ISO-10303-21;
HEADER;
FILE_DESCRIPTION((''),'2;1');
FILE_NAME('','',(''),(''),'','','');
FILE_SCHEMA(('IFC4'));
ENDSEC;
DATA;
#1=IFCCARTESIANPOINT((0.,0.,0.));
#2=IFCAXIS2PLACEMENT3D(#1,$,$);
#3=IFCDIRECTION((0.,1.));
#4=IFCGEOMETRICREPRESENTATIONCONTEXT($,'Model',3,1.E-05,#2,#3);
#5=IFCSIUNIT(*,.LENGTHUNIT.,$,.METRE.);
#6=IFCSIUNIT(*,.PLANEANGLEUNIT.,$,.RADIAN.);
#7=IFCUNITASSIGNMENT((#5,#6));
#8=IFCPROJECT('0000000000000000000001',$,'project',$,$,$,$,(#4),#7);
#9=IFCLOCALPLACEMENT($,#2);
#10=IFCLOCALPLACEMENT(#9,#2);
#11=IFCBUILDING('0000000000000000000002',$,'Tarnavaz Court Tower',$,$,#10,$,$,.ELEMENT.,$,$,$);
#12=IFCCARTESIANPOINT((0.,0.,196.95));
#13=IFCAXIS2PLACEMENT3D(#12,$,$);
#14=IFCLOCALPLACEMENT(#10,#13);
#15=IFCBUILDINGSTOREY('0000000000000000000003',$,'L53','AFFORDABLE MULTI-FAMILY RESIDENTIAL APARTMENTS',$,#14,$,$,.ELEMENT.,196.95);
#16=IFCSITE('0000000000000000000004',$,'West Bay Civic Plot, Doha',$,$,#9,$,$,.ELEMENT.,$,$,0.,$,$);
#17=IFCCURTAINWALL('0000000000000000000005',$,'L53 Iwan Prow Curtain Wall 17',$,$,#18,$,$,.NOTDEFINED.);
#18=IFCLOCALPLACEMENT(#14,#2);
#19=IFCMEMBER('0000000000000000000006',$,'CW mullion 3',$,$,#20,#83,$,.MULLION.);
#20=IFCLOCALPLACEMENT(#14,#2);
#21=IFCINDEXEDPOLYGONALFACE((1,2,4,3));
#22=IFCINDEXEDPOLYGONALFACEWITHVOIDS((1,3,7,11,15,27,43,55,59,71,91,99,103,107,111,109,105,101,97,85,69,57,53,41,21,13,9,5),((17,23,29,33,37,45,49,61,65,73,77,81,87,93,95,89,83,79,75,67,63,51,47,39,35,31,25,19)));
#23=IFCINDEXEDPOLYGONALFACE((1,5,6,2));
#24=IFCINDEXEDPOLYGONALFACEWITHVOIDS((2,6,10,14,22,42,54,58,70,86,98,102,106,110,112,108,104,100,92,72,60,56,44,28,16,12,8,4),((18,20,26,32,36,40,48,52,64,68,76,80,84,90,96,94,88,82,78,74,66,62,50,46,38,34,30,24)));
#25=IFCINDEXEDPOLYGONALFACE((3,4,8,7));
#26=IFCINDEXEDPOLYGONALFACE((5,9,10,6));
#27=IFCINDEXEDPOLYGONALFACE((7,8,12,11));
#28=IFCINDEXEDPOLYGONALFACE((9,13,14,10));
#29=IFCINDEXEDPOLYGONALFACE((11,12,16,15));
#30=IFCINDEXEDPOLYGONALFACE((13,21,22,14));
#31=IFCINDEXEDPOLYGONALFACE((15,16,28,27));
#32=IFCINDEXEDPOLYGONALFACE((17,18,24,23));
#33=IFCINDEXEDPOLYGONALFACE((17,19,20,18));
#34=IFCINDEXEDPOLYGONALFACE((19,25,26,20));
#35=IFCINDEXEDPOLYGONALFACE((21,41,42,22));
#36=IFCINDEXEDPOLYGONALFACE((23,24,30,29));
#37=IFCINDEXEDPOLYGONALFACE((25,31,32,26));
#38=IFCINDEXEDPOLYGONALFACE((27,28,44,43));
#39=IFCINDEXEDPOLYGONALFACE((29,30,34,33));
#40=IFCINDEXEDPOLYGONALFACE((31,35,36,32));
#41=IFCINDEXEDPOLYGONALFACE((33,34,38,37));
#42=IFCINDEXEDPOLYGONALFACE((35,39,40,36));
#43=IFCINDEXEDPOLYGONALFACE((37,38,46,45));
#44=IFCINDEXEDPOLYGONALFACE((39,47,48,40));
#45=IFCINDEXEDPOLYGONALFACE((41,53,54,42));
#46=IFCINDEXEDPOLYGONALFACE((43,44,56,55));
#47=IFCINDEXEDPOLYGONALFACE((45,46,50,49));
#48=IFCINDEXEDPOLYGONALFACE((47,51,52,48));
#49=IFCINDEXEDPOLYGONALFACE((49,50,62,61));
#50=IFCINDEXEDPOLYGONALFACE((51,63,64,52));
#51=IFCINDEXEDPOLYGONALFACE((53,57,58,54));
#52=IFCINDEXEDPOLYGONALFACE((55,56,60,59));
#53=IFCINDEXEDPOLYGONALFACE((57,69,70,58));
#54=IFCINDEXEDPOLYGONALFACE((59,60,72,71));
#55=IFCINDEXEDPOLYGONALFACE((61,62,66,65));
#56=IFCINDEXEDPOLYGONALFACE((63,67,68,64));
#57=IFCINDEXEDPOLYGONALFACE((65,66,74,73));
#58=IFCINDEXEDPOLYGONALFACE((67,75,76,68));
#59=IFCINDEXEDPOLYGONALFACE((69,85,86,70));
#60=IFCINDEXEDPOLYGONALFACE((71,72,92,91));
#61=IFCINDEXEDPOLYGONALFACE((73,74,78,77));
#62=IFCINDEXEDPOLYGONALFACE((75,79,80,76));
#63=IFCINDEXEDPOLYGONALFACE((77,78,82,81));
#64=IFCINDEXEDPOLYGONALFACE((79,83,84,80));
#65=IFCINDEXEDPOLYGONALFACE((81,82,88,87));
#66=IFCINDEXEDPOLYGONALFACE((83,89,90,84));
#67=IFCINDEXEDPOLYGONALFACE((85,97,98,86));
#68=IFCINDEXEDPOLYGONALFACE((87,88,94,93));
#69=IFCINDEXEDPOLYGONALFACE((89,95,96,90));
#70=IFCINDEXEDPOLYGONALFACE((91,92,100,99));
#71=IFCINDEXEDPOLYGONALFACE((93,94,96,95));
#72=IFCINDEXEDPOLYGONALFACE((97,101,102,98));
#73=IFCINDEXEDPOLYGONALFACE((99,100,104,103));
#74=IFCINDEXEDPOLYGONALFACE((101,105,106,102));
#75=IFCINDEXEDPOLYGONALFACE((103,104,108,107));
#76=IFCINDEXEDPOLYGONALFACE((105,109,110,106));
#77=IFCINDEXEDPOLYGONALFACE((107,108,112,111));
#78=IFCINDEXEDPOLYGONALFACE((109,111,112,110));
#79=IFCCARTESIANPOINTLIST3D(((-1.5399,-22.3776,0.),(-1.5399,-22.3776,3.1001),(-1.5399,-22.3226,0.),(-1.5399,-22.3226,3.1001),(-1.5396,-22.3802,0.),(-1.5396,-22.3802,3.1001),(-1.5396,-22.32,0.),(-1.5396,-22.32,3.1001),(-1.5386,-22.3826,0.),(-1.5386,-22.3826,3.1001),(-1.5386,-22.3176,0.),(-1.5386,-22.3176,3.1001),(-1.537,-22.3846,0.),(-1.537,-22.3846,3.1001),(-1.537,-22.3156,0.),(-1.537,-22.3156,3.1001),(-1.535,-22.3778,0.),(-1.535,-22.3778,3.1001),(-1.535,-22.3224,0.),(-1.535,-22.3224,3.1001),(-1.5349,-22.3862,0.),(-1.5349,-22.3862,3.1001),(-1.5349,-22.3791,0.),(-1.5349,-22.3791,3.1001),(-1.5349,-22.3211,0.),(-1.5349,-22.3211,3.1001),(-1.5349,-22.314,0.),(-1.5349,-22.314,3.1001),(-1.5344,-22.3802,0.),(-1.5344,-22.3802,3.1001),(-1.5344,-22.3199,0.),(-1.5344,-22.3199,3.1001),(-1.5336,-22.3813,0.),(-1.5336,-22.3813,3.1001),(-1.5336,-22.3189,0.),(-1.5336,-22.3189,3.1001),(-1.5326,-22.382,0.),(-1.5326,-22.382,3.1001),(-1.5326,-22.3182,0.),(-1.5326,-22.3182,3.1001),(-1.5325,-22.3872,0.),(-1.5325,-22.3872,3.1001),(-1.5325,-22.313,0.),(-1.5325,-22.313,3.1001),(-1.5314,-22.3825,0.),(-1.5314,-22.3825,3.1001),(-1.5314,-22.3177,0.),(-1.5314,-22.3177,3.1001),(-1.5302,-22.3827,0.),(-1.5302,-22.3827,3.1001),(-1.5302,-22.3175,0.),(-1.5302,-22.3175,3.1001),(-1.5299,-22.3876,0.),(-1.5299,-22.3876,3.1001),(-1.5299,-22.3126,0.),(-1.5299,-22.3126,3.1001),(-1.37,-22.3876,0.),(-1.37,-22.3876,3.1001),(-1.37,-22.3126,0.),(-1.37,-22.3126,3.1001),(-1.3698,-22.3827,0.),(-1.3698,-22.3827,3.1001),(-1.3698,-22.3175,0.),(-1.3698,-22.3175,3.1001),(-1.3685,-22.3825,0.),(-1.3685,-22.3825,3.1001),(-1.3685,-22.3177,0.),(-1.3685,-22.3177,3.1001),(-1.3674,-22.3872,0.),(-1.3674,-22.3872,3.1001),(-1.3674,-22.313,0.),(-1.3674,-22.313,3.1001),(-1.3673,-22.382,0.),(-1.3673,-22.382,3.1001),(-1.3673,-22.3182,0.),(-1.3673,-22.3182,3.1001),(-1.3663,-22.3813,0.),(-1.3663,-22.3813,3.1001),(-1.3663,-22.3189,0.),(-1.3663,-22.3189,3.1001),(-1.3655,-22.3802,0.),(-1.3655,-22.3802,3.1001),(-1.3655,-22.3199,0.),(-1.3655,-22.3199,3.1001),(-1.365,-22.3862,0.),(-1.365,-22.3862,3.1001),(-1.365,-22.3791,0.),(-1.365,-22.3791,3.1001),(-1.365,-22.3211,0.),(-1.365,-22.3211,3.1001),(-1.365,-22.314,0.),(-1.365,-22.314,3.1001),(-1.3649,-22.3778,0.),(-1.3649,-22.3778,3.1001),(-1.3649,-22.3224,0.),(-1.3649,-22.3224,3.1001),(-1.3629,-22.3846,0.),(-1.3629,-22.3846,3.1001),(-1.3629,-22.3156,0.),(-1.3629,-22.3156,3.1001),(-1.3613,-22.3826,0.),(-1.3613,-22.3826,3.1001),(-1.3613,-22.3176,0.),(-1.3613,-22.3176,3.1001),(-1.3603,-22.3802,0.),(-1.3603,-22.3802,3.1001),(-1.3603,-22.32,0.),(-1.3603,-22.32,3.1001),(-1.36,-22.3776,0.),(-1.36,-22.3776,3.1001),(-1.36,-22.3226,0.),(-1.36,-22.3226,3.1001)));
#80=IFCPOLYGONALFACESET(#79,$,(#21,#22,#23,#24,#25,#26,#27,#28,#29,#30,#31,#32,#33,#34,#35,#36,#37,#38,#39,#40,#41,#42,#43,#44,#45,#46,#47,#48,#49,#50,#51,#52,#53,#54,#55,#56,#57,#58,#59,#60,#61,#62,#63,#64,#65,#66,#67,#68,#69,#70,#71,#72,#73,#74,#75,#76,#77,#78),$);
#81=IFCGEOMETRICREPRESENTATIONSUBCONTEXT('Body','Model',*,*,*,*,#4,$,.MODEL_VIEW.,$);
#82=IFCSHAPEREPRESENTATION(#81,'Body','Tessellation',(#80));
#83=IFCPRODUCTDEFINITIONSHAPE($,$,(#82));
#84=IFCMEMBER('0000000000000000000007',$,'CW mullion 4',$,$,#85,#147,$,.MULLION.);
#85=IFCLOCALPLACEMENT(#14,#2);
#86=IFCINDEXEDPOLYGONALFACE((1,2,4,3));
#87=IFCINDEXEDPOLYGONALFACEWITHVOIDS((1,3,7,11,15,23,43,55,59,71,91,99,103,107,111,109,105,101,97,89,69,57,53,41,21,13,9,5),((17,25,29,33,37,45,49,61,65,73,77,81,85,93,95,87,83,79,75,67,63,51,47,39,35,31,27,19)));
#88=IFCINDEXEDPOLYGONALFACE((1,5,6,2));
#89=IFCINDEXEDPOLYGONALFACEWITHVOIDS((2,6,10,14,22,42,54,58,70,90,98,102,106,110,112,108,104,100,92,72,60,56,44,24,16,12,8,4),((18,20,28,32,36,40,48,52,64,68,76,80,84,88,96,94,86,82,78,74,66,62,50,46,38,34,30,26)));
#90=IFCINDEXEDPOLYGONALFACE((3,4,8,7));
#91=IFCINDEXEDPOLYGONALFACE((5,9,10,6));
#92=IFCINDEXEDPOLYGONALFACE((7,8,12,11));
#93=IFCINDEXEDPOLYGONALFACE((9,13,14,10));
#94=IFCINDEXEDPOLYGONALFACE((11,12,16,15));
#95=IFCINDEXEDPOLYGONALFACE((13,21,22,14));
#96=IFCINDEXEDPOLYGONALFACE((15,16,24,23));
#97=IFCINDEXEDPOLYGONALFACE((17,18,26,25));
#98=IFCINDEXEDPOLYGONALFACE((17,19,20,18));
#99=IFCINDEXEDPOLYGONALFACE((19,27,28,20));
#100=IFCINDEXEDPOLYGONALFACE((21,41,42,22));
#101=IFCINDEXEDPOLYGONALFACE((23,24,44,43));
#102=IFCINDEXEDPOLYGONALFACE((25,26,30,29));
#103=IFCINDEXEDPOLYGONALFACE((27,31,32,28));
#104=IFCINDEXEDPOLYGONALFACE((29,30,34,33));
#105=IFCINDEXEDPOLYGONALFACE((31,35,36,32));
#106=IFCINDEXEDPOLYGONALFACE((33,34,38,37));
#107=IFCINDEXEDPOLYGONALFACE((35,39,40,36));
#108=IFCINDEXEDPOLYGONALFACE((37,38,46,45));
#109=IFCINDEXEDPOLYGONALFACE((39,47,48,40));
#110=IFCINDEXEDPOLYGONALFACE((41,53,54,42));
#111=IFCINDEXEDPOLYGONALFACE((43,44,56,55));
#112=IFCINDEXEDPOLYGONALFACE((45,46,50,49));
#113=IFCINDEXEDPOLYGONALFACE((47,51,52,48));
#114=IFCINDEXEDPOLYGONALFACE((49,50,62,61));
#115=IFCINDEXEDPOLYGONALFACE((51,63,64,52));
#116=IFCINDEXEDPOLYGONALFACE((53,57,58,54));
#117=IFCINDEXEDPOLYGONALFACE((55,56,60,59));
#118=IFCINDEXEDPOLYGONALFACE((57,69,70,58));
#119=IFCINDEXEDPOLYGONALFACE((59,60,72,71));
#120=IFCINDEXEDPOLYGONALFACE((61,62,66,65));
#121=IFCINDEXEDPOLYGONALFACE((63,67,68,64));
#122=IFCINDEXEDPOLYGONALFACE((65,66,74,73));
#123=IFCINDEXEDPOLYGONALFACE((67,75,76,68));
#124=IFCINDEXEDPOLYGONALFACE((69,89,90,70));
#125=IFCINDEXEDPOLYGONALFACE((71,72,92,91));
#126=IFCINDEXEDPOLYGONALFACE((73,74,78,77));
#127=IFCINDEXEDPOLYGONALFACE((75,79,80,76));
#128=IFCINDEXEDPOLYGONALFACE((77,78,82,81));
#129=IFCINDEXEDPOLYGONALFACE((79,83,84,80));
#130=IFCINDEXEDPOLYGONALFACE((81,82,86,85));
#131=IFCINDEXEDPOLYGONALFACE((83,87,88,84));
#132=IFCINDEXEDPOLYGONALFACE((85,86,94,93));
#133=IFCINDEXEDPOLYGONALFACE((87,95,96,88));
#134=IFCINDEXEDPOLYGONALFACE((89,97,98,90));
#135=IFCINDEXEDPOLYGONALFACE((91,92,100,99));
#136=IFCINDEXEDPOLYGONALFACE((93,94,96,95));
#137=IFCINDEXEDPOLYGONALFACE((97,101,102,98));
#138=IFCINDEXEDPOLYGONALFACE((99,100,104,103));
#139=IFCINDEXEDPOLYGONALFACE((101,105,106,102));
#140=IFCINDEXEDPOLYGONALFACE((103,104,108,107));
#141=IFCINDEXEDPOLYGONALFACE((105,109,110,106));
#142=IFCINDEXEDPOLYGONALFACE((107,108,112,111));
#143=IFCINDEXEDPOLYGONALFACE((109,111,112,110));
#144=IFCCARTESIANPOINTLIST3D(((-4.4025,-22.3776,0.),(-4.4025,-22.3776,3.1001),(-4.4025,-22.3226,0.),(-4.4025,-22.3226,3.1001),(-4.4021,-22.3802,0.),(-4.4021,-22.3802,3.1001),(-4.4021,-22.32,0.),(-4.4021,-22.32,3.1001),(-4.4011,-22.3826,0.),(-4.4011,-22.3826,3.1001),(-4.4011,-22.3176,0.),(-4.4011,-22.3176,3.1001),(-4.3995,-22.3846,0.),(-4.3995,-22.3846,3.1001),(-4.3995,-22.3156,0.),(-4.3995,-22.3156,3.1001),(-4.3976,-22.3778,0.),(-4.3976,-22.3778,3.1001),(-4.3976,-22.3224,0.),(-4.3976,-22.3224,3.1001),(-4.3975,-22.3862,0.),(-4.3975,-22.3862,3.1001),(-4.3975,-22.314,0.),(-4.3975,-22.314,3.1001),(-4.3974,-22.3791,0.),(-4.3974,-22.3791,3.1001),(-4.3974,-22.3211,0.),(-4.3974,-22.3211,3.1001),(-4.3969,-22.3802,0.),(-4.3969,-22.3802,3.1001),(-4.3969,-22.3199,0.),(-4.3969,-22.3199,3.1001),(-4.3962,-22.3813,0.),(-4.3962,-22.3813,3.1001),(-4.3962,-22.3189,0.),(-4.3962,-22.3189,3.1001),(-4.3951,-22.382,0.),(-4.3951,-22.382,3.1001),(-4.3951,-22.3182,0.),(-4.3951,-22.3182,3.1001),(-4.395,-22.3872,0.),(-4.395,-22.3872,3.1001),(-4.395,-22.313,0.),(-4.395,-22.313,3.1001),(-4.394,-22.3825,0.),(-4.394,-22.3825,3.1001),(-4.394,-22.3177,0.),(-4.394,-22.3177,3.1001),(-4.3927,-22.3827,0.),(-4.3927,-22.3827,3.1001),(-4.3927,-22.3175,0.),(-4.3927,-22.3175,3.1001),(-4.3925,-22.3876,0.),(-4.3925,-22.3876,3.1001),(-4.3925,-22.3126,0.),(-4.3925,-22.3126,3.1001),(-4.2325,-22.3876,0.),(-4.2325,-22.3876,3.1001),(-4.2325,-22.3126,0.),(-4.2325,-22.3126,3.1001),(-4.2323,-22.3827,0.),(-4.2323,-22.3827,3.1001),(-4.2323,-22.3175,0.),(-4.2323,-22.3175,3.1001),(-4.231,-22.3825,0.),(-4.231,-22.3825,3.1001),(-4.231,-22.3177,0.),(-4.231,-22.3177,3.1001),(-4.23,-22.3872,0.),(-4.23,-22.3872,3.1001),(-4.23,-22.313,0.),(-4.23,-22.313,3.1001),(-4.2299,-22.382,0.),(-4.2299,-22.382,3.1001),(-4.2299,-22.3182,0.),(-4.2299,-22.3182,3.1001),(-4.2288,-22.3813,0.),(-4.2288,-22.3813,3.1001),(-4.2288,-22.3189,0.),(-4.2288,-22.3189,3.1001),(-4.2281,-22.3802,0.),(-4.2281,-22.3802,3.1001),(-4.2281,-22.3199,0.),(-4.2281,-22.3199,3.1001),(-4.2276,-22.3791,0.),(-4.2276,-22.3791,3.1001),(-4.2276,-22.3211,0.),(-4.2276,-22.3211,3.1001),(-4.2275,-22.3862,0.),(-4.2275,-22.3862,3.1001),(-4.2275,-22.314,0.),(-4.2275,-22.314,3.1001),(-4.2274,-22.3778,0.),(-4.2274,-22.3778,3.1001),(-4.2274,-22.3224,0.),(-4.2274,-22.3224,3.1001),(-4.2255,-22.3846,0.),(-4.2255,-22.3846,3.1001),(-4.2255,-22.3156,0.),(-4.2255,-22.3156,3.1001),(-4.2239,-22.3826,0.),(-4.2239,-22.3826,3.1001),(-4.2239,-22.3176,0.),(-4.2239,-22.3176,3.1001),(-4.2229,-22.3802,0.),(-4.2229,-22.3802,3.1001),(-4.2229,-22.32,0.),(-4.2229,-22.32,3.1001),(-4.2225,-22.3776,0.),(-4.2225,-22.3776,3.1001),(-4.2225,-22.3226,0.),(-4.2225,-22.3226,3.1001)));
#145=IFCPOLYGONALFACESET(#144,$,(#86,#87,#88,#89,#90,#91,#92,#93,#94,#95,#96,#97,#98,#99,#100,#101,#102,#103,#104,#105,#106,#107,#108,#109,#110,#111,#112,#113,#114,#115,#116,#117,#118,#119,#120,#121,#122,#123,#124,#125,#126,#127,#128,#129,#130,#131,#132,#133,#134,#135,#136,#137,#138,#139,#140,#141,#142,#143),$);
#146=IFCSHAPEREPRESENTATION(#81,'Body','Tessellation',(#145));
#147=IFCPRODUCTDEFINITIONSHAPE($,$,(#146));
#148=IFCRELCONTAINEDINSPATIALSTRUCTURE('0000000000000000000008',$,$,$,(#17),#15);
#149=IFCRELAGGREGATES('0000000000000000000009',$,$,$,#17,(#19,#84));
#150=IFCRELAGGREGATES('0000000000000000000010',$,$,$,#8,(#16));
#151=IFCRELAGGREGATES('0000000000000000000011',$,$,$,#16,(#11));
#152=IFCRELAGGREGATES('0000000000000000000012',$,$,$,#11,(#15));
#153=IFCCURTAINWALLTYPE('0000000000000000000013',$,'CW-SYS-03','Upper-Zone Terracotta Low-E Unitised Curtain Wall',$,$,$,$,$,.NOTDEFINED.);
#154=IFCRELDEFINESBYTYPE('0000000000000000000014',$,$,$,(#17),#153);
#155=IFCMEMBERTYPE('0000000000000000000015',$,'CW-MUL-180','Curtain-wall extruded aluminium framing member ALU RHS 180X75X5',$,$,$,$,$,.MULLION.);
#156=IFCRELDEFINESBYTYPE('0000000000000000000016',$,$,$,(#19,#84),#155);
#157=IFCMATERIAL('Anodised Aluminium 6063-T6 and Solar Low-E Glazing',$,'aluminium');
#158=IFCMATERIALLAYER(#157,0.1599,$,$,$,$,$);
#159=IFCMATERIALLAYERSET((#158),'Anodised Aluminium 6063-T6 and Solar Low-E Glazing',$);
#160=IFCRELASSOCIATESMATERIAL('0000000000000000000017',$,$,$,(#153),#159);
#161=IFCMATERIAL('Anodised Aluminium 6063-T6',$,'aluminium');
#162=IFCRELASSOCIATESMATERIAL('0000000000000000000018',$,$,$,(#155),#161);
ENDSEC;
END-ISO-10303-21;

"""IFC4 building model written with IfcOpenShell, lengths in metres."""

from ifc_helpers import new_model, si_unit, direction, frame, origin, origin_2d, place, context, subcontext, project, spatial, hollow_rectangle, extrude, material, layer, layer_set, material_profile, profile_set, type_object, element, aggregate, save


model = new_model("IFC4")

# Units and contexts
model_context = context("Model", 3, precision=1e-05, world=origin(), true_north=direction((0.0, 1.0)))
body_context = subcontext(model_context, "Body", "Model", "MODEL_VIEW")
ifc_project = project(units=[si_unit("LENGTHUNIT", "METRE"), si_unit("PLANEANGLEUNIT", "RADIAN")], contexts=[model_context])

# Site, building, storey
site_placement = place(None, origin())
site = spatial("IfcSite", under=ifc_project, at=site_placement, Name="West Bay Civic Plot, Doha", CompositionType="ELEMENT", RefElevation=0.0)
building_placement = place(site_placement, origin())
building = spatial("IfcBuilding", under=site, at=building_placement, Name="Tarnavaz Court Tower", CompositionType="ELEMENT")
storey_placement = place(building_placement, frame((0.0, 0.0, 196.95)))
storey = spatial("IfcBuildingStorey", under=building, at=storey_placement, Name="L53", Description="AFFORDABLE MULTI-FAMILY RESIDENTIAL APARTMENTS", CompositionType="ELEMENT", Elevation=196.95)

# Curtain wall, members
ifc_material_1 = material(Name="Anodised Aluminium 6063-T6 and Solar Low-E Glazing", Category="aluminium")
ifc_layer_1 = layer(ifc_material_1, 0.1599)
ifc_layer_set_1 = layer_set([ifc_layer_1], Name="Anodised Aluminium 6063-T6 and Solar Low-E Glazing")
curtain_wall_type = type_object("IfcCurtainWallType", Name="CW-SYS-03", Description="Upper-Zone Terracotta Low-E Unitised Curtain Wall", PredefinedType="NOTDEFINED", material=ifc_layer_set_1)
curtain_wall_placement = place(storey_placement, origin())
curtain_wall = element("IfcCurtainWall", 1, at=curtain_wall_placement, inside=storey, type_object=curtain_wall_type, Name="L53 Iwan Prow Curtain Wall 17", PredefinedType="NOTDEFINED")
ifc_material_2 = material(Name="Anodised Aluminium 6063-T6", Category="aluminium")
ifc_material_profile_1 = material_profile(ifc_material_2, hollow_rectangle(XDim=0.075, YDim=0.1799, WallThickness=0.0049, InnerFilletRadius=0.0049, OuterFilletRadius=0.01, at=origin_2d()), Name="ALU RHS 180X75X5")
ifc_profile_set_1 = profile_set([ifc_material_profile_1], Name="Anodised Aluminium 6063-T6")
member_type_1 = type_object("IfcMemberType", Name="CW-MUL-180", Description="Curtain-wall extruded aluminium framing member ALU RHS 180X75X5", PredefinedType="MULLION", material=ifc_profile_set_1)
member_1_placement = place(storey_placement, frame((-1.45, -22.3501, 0.0), z_axis=(0.0, 0.0, 1.0), x_axis=(0.0, -1.0, 0.0)))
member_1 = element("IfcMember", 2, at=member_1_placement, type_object=member_type_1, Name="CW mullion 3", PredefinedType="MULLION", context=body_context, shape_type="SweptSolid", body=[
    extrude(hollow_rectangle(XDim=0.075, YDim=0.1799, WallThickness=0.0049, InnerFilletRadius=0.0049, OuterFilletRadius=0.01, at=origin_2d()), origin(), (0.0, 0.0, 1.0), 3.1001),
])
member_2_placement = place(storey_placement, frame((-4.3125, -22.3501, 0.0), z_axis=(0.0, 0.0, 1.0), x_axis=(0.0, -1.0, 0.0)))
member_2 = element("IfcMember", 3, at=member_2_placement, type_object=member_type_1, Name="CW mullion 4", PredefinedType="MULLION", context=body_context, shape_type="SweptSolid", body=[
    extrude(hollow_rectangle(XDim=0.075, YDim=0.1799, WallThickness=0.0049, InnerFilletRadius=0.0049, OuterFilletRadius=0.01, at=origin_2d()), origin(), (0.0, 0.0, 1.0), 3.1001),
])
aggregate(curtain_wall, [member_1, member_2])

save(model, "model.ifc")
